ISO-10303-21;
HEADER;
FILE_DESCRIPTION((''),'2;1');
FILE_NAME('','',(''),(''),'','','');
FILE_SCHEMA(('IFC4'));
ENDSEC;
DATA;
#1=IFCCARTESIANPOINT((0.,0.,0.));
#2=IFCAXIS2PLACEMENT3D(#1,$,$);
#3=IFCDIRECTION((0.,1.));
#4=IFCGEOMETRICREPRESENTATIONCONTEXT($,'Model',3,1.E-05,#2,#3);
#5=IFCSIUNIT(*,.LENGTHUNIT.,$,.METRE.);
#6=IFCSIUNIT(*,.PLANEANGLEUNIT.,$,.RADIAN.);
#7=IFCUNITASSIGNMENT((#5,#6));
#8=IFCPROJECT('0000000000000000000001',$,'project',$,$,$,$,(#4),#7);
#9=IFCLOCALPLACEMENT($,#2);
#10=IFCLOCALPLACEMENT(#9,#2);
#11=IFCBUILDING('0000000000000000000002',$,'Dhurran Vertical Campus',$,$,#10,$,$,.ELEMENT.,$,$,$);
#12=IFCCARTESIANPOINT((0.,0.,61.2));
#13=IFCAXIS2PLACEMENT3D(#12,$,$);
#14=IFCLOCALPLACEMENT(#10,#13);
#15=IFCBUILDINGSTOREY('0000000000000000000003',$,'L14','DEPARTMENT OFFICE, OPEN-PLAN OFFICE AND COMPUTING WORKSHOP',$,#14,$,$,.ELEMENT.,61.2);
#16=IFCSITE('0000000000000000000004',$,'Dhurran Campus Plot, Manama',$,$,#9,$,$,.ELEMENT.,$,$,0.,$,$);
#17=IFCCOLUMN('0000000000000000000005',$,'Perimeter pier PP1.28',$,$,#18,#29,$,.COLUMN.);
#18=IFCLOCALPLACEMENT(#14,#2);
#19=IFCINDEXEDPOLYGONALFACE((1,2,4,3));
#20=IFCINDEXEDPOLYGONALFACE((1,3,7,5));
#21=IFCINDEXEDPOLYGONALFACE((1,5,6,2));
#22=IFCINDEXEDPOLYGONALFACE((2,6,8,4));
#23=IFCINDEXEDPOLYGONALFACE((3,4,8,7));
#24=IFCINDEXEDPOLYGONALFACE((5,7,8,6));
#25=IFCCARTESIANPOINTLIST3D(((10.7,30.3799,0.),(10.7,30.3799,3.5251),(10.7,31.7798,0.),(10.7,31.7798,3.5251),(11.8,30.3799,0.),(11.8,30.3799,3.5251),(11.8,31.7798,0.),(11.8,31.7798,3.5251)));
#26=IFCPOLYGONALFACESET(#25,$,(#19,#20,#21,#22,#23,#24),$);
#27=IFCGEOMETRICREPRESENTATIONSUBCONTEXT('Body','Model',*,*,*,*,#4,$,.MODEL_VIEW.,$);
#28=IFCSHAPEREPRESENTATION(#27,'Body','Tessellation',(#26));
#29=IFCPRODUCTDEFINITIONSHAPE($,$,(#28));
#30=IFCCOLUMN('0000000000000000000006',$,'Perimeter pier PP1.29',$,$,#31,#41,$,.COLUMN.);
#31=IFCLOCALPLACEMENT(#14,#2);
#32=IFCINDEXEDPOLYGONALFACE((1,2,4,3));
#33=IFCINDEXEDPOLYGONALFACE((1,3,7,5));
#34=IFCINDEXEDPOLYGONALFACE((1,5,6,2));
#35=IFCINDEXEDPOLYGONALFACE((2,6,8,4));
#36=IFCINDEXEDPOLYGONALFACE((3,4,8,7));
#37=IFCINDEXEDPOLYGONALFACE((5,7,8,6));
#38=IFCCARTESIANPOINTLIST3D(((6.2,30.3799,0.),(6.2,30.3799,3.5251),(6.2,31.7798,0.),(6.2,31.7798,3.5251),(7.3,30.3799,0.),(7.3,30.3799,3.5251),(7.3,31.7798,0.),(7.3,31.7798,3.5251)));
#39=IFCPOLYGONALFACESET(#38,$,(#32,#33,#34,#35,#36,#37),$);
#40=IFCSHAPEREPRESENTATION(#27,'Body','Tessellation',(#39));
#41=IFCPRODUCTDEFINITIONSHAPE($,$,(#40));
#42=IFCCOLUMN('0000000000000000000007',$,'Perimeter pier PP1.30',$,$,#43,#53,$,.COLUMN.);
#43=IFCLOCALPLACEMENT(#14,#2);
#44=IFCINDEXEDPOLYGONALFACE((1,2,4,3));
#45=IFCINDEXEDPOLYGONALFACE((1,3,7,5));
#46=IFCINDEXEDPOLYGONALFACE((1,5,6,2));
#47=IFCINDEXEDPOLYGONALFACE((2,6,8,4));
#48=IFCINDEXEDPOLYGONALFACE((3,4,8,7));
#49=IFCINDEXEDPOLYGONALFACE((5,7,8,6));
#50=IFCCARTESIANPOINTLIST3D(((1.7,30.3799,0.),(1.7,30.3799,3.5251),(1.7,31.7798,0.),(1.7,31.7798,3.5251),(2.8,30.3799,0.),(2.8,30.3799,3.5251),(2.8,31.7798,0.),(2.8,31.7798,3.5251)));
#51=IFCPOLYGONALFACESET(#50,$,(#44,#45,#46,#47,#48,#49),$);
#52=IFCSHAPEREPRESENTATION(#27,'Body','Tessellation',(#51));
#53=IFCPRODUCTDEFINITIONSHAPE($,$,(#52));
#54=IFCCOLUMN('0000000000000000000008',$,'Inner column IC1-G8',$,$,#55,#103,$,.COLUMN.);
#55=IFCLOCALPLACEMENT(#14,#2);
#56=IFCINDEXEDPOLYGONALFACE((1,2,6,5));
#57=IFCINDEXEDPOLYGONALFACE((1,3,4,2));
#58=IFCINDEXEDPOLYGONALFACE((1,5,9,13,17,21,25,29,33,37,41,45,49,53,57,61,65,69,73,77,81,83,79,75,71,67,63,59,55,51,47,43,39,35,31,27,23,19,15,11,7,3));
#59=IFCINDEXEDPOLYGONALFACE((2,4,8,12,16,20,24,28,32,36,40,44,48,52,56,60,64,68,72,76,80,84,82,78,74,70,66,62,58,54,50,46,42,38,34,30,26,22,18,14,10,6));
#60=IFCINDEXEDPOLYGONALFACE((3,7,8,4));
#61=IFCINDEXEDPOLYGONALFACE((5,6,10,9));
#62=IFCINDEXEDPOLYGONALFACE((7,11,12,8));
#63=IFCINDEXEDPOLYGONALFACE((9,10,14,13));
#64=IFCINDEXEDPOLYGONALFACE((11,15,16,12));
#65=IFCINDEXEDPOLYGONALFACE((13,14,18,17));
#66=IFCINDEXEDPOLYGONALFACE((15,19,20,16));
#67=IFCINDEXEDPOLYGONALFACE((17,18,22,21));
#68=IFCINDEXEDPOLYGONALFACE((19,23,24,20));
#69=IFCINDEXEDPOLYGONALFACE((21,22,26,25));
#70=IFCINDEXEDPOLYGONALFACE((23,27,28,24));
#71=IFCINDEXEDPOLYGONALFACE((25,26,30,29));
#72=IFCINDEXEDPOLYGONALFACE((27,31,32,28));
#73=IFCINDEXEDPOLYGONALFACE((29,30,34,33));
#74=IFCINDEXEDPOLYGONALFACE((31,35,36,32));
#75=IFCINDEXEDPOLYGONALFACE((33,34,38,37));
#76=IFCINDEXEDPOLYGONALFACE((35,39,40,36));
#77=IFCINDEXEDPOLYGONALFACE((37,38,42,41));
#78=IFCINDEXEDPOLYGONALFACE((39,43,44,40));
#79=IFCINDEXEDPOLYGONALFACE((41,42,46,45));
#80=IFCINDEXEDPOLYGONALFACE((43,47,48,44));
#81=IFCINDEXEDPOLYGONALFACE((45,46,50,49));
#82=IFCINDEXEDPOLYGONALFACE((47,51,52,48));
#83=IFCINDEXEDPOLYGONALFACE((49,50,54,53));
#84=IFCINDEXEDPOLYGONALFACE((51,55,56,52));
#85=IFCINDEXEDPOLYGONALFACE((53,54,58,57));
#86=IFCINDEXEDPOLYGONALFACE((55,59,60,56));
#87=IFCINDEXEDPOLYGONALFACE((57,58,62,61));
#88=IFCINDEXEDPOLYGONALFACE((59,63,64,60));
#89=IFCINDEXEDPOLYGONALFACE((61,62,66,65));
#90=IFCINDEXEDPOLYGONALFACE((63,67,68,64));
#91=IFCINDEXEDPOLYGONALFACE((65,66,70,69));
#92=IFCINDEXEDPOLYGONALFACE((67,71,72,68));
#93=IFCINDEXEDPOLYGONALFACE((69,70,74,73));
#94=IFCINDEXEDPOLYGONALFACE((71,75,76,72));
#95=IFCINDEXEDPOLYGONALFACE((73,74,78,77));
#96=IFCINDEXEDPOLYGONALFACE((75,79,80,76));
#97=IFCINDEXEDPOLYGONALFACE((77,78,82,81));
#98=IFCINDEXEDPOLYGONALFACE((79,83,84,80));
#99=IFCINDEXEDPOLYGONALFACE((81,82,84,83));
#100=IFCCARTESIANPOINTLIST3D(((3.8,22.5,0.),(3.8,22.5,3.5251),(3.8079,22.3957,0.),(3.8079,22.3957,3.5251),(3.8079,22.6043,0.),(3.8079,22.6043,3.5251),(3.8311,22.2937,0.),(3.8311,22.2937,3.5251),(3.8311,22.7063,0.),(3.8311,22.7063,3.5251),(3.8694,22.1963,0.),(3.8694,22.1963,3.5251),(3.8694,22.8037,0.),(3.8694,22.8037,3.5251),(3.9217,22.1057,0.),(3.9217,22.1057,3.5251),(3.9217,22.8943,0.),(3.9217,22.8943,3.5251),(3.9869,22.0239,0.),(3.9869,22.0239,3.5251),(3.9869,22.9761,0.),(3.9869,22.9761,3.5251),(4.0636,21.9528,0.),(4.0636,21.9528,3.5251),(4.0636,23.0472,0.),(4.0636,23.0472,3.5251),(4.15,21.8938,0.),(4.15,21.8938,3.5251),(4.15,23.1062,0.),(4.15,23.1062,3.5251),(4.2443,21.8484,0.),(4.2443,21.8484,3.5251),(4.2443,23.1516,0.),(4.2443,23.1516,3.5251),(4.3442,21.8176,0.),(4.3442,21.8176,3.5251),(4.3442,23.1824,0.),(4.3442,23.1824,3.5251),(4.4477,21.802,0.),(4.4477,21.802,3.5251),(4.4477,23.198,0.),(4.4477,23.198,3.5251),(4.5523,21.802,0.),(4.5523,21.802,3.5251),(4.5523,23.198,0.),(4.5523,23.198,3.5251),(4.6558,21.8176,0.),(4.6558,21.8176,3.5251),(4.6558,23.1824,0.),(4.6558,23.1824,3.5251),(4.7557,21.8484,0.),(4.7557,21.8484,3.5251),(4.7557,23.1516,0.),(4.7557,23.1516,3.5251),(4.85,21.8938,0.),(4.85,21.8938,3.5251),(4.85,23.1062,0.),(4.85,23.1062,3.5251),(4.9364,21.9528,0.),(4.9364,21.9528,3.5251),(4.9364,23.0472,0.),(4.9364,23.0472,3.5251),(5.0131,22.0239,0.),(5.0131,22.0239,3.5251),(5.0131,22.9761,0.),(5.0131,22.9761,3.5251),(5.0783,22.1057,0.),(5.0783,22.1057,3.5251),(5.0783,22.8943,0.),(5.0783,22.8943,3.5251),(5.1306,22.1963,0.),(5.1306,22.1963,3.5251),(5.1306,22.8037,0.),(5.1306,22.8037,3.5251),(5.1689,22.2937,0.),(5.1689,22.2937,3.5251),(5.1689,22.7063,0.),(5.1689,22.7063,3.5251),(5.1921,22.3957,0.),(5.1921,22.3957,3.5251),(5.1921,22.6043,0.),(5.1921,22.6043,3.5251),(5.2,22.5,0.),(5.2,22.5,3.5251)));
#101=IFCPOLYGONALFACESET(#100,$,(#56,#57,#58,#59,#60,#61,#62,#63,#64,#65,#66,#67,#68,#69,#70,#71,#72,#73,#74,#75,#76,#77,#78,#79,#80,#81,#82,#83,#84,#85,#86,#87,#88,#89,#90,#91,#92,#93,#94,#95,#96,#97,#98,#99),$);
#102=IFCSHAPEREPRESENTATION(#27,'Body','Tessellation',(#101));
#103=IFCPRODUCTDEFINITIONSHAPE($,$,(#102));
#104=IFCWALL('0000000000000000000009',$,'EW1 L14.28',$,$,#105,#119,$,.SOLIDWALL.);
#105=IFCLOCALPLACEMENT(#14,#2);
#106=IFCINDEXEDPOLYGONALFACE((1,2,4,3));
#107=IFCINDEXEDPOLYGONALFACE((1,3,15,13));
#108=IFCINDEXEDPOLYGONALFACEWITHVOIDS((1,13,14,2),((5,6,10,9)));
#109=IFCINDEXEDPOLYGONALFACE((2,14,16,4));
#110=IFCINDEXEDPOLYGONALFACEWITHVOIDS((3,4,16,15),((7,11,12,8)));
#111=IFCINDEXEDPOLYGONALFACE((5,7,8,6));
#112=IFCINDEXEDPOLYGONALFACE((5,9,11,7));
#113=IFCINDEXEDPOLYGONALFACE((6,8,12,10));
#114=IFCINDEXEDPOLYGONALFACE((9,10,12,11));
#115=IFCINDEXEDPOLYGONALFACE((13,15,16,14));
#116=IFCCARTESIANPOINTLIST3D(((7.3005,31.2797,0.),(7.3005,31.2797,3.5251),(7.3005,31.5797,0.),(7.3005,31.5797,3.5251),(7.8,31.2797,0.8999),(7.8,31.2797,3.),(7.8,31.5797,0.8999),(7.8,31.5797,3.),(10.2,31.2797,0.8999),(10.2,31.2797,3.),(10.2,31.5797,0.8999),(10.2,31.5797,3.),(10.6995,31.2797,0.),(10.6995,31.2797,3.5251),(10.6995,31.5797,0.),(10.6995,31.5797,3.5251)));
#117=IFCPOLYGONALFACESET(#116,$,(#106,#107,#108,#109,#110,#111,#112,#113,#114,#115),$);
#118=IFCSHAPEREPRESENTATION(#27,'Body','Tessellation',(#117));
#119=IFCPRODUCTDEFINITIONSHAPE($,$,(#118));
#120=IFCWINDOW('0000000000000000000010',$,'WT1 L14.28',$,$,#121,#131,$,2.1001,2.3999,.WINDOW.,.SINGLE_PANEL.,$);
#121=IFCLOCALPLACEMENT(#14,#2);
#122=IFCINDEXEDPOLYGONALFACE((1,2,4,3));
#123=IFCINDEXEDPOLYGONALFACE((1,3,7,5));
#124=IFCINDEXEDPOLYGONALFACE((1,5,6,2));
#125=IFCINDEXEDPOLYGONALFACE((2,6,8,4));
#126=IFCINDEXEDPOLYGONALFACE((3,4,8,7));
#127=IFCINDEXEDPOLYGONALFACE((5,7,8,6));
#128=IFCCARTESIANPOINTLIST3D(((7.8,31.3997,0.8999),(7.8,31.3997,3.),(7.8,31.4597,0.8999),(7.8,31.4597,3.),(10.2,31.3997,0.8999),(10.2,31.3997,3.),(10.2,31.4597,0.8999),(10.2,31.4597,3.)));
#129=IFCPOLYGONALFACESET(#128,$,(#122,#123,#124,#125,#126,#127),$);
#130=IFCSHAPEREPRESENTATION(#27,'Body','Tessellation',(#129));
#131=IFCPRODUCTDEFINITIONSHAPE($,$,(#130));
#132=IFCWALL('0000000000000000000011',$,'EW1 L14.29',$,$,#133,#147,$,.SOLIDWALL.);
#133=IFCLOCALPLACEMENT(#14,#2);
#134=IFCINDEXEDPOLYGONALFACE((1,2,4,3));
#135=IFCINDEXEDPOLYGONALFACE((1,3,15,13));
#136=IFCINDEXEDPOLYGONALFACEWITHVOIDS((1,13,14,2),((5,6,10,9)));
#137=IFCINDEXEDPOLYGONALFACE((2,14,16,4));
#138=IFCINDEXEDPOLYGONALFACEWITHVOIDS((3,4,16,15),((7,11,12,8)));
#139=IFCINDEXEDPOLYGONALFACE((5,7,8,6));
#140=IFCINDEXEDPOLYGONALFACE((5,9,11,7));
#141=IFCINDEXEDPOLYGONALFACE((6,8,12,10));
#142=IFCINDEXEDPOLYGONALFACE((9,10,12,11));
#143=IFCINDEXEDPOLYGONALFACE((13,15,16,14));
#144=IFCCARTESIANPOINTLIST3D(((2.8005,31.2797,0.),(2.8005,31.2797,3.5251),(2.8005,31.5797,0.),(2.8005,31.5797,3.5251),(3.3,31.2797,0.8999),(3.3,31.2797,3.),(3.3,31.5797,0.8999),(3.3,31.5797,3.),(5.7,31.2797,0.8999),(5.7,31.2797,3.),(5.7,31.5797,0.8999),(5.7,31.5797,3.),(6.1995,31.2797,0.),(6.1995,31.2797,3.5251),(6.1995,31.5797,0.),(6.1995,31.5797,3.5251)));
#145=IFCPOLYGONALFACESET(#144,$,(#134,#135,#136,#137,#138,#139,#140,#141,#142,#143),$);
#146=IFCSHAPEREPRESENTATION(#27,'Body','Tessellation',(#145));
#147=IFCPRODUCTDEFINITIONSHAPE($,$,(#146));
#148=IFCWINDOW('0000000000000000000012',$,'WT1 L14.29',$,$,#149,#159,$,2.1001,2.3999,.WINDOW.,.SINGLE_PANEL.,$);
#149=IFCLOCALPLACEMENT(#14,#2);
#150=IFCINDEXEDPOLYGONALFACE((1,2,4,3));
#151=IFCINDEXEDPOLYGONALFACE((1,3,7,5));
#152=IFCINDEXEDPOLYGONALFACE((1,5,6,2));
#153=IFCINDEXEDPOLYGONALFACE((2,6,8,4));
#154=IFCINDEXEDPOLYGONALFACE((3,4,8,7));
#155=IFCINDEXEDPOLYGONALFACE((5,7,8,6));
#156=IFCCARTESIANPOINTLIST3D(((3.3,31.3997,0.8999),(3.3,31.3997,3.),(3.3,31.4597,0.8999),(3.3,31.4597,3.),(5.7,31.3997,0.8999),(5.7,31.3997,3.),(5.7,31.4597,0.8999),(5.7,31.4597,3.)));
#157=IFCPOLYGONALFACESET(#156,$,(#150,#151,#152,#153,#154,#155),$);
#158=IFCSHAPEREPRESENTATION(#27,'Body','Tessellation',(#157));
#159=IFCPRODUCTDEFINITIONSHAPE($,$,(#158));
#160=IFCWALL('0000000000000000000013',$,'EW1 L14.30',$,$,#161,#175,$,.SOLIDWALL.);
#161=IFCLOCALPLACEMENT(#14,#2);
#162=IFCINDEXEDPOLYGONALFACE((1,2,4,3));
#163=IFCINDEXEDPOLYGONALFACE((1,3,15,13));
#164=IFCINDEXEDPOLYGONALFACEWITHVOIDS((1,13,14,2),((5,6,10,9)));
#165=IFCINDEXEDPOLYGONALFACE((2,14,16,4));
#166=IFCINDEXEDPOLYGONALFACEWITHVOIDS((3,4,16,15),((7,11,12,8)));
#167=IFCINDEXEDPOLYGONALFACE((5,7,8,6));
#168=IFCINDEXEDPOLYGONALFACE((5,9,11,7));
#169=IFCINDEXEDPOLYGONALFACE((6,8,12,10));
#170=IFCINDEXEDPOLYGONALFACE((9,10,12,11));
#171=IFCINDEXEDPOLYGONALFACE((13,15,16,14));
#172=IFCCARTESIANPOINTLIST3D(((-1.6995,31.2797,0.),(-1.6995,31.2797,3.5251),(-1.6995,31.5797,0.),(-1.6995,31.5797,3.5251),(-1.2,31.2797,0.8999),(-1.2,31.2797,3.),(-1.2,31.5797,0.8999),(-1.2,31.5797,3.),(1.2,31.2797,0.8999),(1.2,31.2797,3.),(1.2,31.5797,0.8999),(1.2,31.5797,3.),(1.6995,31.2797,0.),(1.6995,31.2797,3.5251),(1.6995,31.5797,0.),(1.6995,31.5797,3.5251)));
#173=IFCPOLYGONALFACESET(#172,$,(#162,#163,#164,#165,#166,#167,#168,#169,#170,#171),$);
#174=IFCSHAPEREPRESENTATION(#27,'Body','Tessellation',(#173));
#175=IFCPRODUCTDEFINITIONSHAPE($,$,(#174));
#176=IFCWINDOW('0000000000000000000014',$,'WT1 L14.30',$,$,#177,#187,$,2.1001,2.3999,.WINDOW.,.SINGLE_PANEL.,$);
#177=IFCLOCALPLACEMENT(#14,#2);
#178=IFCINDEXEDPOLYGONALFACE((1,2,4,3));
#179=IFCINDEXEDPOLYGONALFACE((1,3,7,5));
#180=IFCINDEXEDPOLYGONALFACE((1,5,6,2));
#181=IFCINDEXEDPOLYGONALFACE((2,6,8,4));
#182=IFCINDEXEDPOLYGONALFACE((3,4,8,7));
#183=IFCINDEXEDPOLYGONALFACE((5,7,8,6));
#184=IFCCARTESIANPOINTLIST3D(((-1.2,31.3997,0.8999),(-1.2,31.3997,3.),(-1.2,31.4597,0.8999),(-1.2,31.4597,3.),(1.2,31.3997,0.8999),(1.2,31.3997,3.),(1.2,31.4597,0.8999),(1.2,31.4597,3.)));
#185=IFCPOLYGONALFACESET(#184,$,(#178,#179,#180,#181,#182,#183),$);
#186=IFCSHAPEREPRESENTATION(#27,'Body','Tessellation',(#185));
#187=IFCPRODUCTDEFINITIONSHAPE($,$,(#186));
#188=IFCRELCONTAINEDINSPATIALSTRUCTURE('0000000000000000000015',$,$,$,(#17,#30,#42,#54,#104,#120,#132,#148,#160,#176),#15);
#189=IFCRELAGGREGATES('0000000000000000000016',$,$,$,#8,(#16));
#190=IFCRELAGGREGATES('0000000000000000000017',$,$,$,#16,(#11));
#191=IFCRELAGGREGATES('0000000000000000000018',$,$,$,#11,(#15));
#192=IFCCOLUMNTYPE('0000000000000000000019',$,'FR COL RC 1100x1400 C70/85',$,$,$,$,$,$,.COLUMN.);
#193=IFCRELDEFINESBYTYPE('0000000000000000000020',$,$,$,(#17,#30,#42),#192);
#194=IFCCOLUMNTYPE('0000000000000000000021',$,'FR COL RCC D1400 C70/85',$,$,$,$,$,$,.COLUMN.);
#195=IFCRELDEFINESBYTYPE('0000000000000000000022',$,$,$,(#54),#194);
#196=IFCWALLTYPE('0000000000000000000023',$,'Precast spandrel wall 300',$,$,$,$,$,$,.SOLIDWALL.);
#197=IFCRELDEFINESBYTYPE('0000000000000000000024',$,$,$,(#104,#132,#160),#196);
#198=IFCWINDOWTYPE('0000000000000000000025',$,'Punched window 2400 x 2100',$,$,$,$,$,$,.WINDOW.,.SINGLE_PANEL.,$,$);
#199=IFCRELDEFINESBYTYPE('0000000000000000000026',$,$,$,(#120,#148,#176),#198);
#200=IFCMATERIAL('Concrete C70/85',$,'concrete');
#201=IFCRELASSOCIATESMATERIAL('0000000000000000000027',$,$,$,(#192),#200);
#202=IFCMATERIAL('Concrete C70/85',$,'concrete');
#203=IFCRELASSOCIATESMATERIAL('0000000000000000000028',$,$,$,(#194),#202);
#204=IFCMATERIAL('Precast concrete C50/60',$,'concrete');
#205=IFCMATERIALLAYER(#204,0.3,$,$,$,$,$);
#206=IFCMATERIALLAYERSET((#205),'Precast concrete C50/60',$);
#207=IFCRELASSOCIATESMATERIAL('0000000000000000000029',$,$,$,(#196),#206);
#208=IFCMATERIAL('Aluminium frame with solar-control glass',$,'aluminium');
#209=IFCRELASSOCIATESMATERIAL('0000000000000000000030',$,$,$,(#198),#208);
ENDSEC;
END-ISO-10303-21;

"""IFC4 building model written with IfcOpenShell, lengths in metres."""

from ifc_helpers import new_model, si_unit, direction, frame, frame_2d, origin, origin_2d, place, context, subcontext, project, spatial, rectangle, circle, extrude, material, layer, layer_set, material_profile, profile_set, type_object, element, fill, save


model = new_model("IFC4")

# Units and contexts
model_context = context("Model", 3, precision=1e-05, world=origin(), true_north=direction((0.0, 1.0)))
body_context = subcontext(model_context, "Body", "Model", "MODEL_VIEW")
ifc_project = project(units=[si_unit("LENGTHUNIT", "METRE"), si_unit("PLANEANGLEUNIT", "RADIAN")], contexts=[model_context])

# Site, building, storey
site_placement = place(None, origin())
site = spatial("IfcSite", under=ifc_project, at=site_placement, Name="Dhurran Campus Plot, Manama", CompositionType="ELEMENT", RefElevation=0.0)
building_placement = place(site_placement, origin())
building = spatial("IfcBuilding", under=site, at=building_placement, Name="Dhurran Vertical Campus", CompositionType="ELEMENT")
storey_placement = place(building_placement, frame((0.0, 0.0, 61.2)))
storey = spatial("IfcBuildingStorey", under=building, at=storey_placement, Name="L14", Description="DEPARTMENT OFFICE, OPEN-PLAN OFFICE AND COMPUTING WORKSHOP", CompositionType="ELEMENT", Elevation=61.2)

# Columns
ifc_material_1 = material(Name="Concrete C70/85", Category="concrete")
ifc_material_profile_1 = material_profile(ifc_material_1, rectangle(XDim=1.1001, YDim=1.3999, at=origin_2d()), Name="RC 1100x1400")
ifc_profile_set_1 = profile_set([ifc_material_profile_1], Name="Concrete C70/85")
column_type_1 = type_object("IfcColumnType", Name="FR COL RC 1100x1400 C70/85", PredefinedType="COLUMN", material=ifc_profile_set_1)
for number, where, z_axis, x_axis, name in (
    (1, (11.25, 31.0798, 0.0), (0.0, 0.0, 1.0), (-1.0, 0.0, 0.0), "Perimeter pier PP1.28"),
    (2, (6.75, 31.0798, 0.0), (0.0, 0.0, 1.0), (-1.0, 0.0, 0.0), "Perimeter pier PP1.29"),
    (3, (2.25, 31.0798, 0.0), (0.0, 0.0, 1.0), (-1.0, 0.0, 0.0), "Perimeter pier PP1.30"),
):
    element("IfcColumn", number, at=place(storey_placement, frame(where, z_axis=z_axis, x_axis=x_axis)), inside=storey, type_object=column_type_1, Name=name, PredefinedType="COLUMN", context=body_context, shape_type="SweptSolid", body=[
        extrude(rectangle(XDim=1.1001, YDim=1.3999, at=origin_2d()), origin(), (0.0, 0.0, 1.0), 3.5251),
    ])
ifc_material_2 = material(Name="Concrete C70/85", Category="concrete")
ifc_material_profile_2 = material_profile(ifc_material_2, circle(Radius=0.7, at=origin_2d()), Name="RCC D1400")
ifc_profile_set_2 = profile_set([ifc_material_profile_2], Name="Concrete C70/85")
column_type_2 = type_object("IfcColumnType", Name="FR COL RCC D1400 C70/85", PredefinedType="COLUMN", material=ifc_profile_set_2)
column_placement = place(storey_placement, frame((4.5, 22.5, 0.0), z_axis=(0.0, 0.0, 1.0), x_axis=(1.0, 0.0, 0.0)))
element("IfcColumn", 4, at=column_placement, inside=storey, type_object=column_type_2, Name="Inner column IC1-G8", PredefinedType="COLUMN", context=body_context, shape_type="SweptSolid", body=[
    extrude(circle(Radius=0.7, at=origin_2d()), origin(), (0.0, 0.0, 1.0), 3.5251),
])

# Walls, openings, windows
ifc_material_3 = material(Name="Precast concrete C50/60", Category="concrete")
ifc_layer_1 = layer(ifc_material_3, 0.3)
ifc_layer_set_1 = layer_set([ifc_layer_1], Name="Precast concrete C50/60")
wall_type_1 = type_object("IfcWallType", Name="Precast spandrel wall 300", PredefinedType="SOLIDWALL", material=ifc_layer_set_1)
wall_1_placement = place(storey_placement, frame((10.6995, 31.4297, 0.0), z_axis=(0.0, 0.0, 1.0), x_axis=(-1.0, 0.0, 0.0)))
wall_1 = element("IfcWall", 5, at=wall_1_placement, inside=storey, type_object=wall_type_1, Name="EW1 L14.28", PredefinedType="SOLIDWALL", context=body_context, shape_type="SweptSolid", body=[
    extrude(rectangle(XDim=3.3989, YDim=0.3, at=frame_2d((1.6995, 0.0))), origin(), (0.0, 0.0, 1.0), 3.5251),
])
opening_1_placement = place(wall_1_placement, frame((0.4995, 0.0, 0.8999)))
opening_1 = element("IfcOpeningElement", 6, at=opening_1_placement, cuts=wall_1, PredefinedType="OPENING", context=body_context, shape_type="SweptSolid", body=[
    extrude(rectangle(XDim=2.3999, YDim=2.1001, at=frame_2d((1.2, 1.05))), frame((0.0, 0.1599, 0.0), z_axis=(0.0, -1.0, 0.0), x_axis=(1.0, 0.0, 0.0)), (0.0, 0.0, 1.0), 0.3201),
])
ifc_material_4 = material(Name="Aluminium frame with solar-control glass", Category="aluminium")
window_type = type_object("IfcWindowType", Name="Punched window 2400 x 2100", PartitioningType="SINGLE_PANEL", PredefinedType="WINDOW", material=ifc_material_4)
window_1_placement = place(opening_1_placement, origin())
window_1 = element("IfcWindow", 7, at=window_1_placement, inside=storey, type_object=window_type, Name="WT1 L14.28", OverallHeight=2.1001, OverallWidth=2.3999, PartitioningType="SINGLE_PANEL", PredefinedType="WINDOW", context=body_context, shape_type="SweptSolid", body=[
    extrude(rectangle(XDim=2.3999, YDim=2.1001, at=frame_2d((1.2, 1.05))), frame((0.0, 0.03, 0.0), z_axis=(0.0, -1.0, 0.0), x_axis=(1.0, 0.0, 0.0)), (0.0, 0.0, 1.0), 0.0601),
])
fill(opening_1, window_1)
wall_2_placement = place(storey_placement, frame((6.1995, 31.4297, 0.0), z_axis=(0.0, 0.0, 1.0), x_axis=(-1.0, 0.0, 0.0)))
wall_2 = element("IfcWall", 8, at=wall_2_placement, inside=storey, type_object=wall_type_1, Name="EW1 L14.29", PredefinedType="SOLIDWALL", context=body_context, shape_type="SweptSolid", body=[
    extrude(rectangle(XDim=3.3989, YDim=0.3, at=frame_2d((1.6995, 0.0))), origin(), (0.0, 0.0, 1.0), 3.5251),
])
opening_2_placement = place(wall_2_placement, frame((0.4995, 0.0, 0.8999)))
opening_2 = element("IfcOpeningElement", 9, at=opening_2_placement, cuts=wall_2, PredefinedType="OPENING", context=body_context, shape_type="SweptSolid", body=[
    extrude(rectangle(XDim=2.3999, YDim=2.1001, at=frame_2d((1.2, 1.05))), frame((0.0, 0.1599, 0.0), z_axis=(0.0, -1.0, 0.0), x_axis=(1.0, 0.0, 0.0)), (0.0, 0.0, 1.0), 0.3201),
])
window_2_placement = place(opening_2_placement, origin())
window_2 = element("IfcWindow", 10, at=window_2_placement, inside=storey, type_object=window_type, Name="WT1 L14.29", OverallHeight=2.1001, OverallWidth=2.3999, PartitioningType="SINGLE_PANEL", PredefinedType="WINDOW", context=body_context, shape_type="SweptSolid", body=[
    extrude(rectangle(XDim=2.3999, YDim=2.1001, at=frame_2d((1.2, 1.05))), frame((0.0, 0.03, 0.0), z_axis=(0.0, -1.0, 0.0), x_axis=(1.0, 0.0, 0.0)), (0.0, 0.0, 1.0), 0.0601),
])
fill(opening_2, window_2)
wall_3_placement = place(storey_placement, frame((1.6995, 31.4297, 0.0), z_axis=(0.0, 0.0, 1.0), x_axis=(-1.0, 0.0, 0.0)))
wall_3 = element("IfcWall", 11, at=wall_3_placement, inside=storey, type_object=wall_type_1, Name="EW1 L14.30", PredefinedType="SOLIDWALL", context=body_context, shape_type="SweptSolid", body=[
    extrude(rectangle(XDim=3.3989, YDim=0.3, at=frame_2d((1.6995, 0.0))), origin(), (0.0, 0.0, 1.0), 3.5251),
])
opening_3_placement = place(wall_3_placement, frame((0.4995, 0.0, 0.8999)))
opening_3 = element("IfcOpeningElement", 12, at=opening_3_placement, cuts=wall_3, PredefinedType="OPENING", context=body_context, shape_type="SweptSolid", body=[
    extrude(rectangle(XDim=2.3999, YDim=2.1001, at=frame_2d((1.2, 1.05))), frame((0.0, 0.1599, 0.0), z_axis=(0.0, -1.0, 0.0), x_axis=(1.0, 0.0, 0.0)), (0.0, 0.0, 1.0), 0.3201),
])
window_3_placement = place(opening_3_placement, origin())
window_3 = element("IfcWindow", 13, at=window_3_placement, inside=storey, type_object=window_type, Name="WT1 L14.30", OverallHeight=2.1001, OverallWidth=2.3999, PartitioningType="SINGLE_PANEL", PredefinedType="WINDOW", context=body_context, shape_type="SweptSolid", body=[
    extrude(rectangle(XDim=2.3999, YDim=2.1001, at=frame_2d((1.2, 1.05))), frame((0.0, 0.03, 0.0), z_axis=(0.0, -1.0, 0.0), x_axis=(1.0, 0.0, 0.0)), (0.0, 0.0, 1.0), 0.0601),
])
fill(opening_3, window_3)

save(model, "model.ifc")
